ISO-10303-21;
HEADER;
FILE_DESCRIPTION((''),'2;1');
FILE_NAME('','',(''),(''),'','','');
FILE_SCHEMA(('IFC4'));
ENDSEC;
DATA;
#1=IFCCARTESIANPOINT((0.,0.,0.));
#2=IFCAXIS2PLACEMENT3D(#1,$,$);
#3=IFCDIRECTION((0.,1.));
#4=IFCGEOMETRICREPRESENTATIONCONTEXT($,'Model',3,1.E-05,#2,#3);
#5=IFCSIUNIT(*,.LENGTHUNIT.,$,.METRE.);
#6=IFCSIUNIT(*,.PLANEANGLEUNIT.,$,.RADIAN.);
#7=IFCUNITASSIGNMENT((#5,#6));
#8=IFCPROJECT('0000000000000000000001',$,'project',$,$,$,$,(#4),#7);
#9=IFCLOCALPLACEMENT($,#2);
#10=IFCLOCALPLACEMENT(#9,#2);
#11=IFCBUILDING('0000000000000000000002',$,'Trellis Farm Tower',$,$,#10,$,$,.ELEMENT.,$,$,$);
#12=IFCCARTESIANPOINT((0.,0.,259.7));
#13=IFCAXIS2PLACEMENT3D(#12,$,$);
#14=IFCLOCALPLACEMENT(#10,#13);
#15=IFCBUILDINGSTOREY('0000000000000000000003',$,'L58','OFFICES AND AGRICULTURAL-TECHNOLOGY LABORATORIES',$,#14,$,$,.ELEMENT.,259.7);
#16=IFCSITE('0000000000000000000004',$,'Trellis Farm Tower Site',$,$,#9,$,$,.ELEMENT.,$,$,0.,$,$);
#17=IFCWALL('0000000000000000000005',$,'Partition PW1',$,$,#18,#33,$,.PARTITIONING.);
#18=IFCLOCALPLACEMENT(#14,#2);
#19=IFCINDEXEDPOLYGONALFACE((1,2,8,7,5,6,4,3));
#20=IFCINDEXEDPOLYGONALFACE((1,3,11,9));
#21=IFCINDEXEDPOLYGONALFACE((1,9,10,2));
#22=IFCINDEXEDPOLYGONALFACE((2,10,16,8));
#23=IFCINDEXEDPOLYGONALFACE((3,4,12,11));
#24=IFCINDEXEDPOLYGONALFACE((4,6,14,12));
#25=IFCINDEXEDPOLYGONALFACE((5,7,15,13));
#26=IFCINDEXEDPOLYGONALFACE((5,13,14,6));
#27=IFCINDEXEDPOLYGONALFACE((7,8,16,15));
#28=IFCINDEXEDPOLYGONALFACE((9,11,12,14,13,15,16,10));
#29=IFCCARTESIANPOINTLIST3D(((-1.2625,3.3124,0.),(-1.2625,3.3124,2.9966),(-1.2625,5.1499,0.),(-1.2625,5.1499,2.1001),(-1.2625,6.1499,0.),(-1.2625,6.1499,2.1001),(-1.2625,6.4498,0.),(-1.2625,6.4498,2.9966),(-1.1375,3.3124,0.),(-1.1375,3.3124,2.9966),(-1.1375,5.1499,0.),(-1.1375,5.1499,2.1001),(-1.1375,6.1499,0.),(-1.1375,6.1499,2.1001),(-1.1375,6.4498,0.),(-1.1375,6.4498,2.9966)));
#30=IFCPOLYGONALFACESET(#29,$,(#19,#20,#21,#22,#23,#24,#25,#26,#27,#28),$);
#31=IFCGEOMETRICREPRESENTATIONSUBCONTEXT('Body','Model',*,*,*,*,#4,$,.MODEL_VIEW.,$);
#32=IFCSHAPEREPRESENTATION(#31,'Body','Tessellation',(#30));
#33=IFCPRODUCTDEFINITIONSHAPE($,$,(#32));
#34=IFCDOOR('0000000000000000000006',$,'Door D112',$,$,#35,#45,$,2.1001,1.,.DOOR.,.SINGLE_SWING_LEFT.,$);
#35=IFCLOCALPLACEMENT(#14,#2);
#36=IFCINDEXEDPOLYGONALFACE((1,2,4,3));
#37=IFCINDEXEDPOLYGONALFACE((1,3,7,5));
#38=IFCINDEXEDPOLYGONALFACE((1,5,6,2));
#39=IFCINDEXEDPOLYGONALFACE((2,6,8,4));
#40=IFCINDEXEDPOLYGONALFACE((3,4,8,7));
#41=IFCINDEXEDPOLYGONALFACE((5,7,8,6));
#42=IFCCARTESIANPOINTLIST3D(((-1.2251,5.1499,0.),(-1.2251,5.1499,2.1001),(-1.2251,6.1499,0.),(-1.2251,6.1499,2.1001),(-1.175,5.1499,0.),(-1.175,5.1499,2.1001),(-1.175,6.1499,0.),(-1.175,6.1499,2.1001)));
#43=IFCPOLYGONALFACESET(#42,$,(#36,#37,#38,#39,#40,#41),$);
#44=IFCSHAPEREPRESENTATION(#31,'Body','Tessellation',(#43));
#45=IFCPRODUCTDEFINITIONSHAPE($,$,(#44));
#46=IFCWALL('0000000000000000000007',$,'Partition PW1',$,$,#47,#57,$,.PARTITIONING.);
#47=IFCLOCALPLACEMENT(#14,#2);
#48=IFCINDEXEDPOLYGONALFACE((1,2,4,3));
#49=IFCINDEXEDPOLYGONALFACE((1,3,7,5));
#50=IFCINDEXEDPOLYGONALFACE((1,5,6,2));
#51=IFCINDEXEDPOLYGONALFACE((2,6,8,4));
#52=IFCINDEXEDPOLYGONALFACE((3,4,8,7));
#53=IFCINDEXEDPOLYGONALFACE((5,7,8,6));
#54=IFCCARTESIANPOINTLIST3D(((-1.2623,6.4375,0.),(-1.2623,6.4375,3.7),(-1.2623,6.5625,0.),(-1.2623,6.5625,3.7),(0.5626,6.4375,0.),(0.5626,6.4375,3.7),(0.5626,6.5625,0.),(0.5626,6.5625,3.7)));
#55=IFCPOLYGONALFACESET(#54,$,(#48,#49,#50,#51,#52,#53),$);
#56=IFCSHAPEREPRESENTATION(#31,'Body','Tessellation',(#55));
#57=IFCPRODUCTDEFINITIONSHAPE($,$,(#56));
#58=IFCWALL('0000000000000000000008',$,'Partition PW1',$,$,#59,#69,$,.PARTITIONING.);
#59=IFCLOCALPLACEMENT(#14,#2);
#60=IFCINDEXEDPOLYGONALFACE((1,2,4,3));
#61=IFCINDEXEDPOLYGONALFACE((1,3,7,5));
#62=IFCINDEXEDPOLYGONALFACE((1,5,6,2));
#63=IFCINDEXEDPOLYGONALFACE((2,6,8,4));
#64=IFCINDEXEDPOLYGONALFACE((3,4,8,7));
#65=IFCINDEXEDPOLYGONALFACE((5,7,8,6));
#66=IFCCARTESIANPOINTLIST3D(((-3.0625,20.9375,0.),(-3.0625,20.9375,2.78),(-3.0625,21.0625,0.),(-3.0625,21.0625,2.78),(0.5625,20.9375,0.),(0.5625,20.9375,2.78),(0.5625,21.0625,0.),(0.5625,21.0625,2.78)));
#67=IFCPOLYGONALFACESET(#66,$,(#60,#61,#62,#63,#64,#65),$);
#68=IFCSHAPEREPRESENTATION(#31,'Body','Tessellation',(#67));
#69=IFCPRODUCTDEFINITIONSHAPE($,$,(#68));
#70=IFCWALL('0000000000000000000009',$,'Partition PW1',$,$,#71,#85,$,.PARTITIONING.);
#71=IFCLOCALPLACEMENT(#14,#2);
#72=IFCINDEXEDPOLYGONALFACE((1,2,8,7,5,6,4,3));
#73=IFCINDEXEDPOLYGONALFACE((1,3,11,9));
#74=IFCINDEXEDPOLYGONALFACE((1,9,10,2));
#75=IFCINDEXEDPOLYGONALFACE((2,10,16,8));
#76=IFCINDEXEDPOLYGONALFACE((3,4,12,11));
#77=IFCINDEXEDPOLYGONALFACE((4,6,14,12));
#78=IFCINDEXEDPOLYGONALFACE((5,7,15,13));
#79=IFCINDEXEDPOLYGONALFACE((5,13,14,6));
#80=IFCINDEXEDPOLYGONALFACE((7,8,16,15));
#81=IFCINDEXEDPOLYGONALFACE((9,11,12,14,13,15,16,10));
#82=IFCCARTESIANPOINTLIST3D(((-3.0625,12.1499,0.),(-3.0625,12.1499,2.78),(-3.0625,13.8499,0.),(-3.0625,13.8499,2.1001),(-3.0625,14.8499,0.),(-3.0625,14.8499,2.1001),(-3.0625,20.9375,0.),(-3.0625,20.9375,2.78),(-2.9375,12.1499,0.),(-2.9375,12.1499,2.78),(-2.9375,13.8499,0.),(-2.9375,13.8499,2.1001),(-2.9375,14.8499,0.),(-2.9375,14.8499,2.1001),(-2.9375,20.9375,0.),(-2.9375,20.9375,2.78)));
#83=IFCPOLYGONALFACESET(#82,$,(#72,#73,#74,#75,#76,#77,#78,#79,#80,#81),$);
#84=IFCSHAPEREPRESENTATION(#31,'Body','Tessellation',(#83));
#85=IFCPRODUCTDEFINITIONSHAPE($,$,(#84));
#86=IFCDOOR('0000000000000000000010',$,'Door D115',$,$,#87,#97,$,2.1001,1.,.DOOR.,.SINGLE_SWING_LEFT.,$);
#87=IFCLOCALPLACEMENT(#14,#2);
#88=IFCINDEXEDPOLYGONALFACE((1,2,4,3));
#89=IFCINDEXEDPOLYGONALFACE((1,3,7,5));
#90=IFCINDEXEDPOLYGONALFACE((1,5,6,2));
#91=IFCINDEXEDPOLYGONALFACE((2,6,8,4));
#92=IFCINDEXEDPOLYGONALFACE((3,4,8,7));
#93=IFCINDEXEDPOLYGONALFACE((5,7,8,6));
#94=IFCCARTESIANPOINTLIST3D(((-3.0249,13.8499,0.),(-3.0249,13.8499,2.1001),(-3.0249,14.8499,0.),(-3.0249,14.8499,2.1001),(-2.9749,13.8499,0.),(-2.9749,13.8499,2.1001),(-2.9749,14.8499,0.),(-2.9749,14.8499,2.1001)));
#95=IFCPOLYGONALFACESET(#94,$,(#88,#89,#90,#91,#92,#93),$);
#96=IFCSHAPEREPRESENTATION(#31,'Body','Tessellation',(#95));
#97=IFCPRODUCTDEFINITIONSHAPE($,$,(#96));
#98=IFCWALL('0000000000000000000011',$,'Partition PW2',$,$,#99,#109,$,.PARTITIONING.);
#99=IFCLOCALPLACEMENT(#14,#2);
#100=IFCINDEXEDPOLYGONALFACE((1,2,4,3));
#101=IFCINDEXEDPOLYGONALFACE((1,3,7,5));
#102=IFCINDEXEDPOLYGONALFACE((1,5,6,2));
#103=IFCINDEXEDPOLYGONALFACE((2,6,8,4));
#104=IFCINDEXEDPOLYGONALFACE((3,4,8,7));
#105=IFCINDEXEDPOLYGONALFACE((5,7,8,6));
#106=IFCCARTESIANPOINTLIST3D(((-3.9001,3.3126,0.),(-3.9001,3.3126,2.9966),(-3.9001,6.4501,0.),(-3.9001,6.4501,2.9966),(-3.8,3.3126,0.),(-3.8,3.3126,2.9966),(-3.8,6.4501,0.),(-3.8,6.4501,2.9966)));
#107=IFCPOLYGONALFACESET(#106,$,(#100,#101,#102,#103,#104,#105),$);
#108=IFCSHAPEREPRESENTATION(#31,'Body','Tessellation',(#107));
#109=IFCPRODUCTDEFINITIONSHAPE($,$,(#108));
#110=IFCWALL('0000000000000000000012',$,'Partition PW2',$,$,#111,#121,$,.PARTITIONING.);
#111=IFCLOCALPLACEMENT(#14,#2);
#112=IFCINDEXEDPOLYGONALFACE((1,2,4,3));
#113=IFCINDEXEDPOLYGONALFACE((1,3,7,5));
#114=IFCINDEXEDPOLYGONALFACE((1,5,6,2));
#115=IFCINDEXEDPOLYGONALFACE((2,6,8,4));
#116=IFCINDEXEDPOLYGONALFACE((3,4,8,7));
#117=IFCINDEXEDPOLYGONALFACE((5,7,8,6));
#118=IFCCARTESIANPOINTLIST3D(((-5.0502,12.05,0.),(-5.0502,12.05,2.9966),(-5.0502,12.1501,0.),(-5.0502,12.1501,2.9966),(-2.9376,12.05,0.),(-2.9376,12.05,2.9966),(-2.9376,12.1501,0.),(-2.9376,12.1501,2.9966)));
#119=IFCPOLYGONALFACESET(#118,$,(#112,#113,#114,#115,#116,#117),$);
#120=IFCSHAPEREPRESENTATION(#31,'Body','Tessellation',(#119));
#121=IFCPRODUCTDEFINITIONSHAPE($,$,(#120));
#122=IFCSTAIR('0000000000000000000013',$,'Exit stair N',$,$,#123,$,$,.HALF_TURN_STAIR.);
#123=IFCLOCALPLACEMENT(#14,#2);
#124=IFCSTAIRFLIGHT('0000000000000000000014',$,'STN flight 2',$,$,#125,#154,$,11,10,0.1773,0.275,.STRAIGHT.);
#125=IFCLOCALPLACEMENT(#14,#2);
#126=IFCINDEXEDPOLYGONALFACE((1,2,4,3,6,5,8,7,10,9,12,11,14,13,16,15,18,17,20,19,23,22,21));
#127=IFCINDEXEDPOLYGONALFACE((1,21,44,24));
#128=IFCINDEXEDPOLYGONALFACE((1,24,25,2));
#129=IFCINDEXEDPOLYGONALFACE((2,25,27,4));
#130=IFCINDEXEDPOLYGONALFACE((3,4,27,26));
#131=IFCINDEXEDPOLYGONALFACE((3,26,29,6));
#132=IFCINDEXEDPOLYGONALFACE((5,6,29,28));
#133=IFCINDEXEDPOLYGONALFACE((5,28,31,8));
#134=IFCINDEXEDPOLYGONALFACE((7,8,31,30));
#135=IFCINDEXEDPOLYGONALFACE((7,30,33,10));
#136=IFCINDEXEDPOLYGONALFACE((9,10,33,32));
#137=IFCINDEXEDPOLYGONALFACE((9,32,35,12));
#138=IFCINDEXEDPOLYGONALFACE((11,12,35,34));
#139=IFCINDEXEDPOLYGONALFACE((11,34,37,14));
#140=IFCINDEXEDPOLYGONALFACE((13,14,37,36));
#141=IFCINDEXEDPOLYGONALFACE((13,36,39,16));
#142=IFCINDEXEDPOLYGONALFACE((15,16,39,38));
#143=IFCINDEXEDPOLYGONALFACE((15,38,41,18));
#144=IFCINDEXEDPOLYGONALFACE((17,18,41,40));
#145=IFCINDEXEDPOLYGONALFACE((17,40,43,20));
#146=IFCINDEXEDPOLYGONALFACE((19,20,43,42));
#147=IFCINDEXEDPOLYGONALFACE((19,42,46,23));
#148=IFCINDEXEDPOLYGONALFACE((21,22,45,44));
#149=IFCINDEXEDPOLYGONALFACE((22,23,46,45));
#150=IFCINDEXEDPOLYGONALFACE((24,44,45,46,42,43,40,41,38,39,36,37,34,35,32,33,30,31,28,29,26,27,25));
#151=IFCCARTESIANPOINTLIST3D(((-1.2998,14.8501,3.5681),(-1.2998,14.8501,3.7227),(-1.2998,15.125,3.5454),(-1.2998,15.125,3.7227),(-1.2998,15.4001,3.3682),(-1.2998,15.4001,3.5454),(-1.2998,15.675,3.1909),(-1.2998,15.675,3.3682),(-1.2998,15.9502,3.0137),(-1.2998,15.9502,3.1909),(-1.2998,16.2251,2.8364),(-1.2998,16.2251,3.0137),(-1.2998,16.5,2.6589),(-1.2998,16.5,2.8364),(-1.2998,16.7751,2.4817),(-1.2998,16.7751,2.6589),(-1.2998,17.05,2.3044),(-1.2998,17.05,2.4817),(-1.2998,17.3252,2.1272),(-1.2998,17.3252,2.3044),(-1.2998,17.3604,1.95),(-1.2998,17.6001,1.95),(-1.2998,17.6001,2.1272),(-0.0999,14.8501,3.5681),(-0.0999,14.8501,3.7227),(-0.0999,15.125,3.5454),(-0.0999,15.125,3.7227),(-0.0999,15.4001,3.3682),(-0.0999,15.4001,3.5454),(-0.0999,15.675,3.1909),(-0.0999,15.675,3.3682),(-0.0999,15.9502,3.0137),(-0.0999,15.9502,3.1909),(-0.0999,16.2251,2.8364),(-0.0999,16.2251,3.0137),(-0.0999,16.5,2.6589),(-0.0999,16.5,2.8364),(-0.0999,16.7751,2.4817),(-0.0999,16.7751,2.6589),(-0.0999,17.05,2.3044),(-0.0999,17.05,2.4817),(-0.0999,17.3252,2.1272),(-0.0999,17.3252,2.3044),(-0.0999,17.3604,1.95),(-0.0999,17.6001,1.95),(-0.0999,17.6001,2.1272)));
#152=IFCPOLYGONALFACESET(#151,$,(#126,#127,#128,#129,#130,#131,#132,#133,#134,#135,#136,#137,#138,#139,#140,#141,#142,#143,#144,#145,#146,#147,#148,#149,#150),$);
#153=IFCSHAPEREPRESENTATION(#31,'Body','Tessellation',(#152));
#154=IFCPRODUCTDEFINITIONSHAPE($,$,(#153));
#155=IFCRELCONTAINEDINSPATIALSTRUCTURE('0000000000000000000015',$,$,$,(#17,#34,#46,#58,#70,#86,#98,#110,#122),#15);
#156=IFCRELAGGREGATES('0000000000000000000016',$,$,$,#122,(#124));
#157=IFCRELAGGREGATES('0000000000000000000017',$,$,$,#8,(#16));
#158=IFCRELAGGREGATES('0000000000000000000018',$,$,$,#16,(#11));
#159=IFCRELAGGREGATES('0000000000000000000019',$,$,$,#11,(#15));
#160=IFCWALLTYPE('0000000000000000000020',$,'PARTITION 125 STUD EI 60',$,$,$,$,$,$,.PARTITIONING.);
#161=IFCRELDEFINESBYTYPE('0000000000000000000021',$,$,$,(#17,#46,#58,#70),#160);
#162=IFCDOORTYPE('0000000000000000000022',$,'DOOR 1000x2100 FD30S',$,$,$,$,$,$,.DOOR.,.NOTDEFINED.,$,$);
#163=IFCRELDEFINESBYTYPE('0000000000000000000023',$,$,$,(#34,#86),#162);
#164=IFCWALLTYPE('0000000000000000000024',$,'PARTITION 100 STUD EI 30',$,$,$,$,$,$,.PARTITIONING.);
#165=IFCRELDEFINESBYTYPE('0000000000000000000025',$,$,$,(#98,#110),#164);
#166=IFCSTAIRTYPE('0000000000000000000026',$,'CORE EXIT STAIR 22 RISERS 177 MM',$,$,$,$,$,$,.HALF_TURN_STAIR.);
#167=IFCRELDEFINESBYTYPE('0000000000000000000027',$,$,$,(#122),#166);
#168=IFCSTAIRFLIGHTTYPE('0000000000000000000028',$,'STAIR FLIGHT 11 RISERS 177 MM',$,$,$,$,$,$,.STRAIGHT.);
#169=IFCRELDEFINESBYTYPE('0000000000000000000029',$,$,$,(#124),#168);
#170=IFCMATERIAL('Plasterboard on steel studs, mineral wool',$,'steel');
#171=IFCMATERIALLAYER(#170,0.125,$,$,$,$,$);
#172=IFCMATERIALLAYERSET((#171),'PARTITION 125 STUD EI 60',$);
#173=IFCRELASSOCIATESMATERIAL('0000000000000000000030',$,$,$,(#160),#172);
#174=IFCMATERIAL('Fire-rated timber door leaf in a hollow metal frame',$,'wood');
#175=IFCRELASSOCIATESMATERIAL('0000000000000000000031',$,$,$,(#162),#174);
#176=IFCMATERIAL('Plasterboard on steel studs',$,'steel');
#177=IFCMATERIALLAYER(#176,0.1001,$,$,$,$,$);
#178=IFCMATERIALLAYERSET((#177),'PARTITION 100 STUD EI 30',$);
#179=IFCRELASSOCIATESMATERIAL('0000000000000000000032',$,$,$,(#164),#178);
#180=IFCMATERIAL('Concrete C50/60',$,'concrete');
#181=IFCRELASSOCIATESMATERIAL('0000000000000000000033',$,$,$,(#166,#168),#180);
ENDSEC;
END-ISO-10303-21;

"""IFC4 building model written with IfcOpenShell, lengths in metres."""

from ifc_helpers import new_model, si_unit, direction, frame, frame_2d, origin, place, context, subcontext, project, spatial, polyline, rectangle, outline, extrude, source, transform, mapped, material, layer, layer_set, type_object, element, fill, aggregate, save


model = new_model("IFC4")

# Units and contexts
model_context = context("Model", 3, precision=1e-05, world=origin(), true_north=direction((0.0, 1.0)))
body_context = subcontext(model_context, "Body", "Model", "MODEL_VIEW")
ifc_project = project(units=[si_unit("LENGTHUNIT", "METRE"), si_unit("PLANEANGLEUNIT", "RADIAN")], contexts=[model_context])

# Site, building, storey
site_placement = place(None, origin())
site = spatial("IfcSite", under=ifc_project, at=site_placement, Name="Trellis Farm Tower Site", CompositionType="ELEMENT", RefElevation=0.0)
building_placement = place(site_placement, origin())
building = spatial("IfcBuilding", under=site, at=building_placement, Name="Trellis Farm Tower", CompositionType="ELEMENT")
storey_placement = place(building_placement, frame((0.0, 0.0, 259.7)))
storey = spatial("IfcBuildingStorey", under=building, at=storey_placement, Name="L58", Description="OFFICES AND AGRICULTURAL-TECHNOLOGY LABORATORIES", CompositionType="ELEMENT", Elevation=259.7)

# Shared definitions
placement_1 = place(storey_placement, origin())

# Wall, opening, door
ifc_material_1 = material(Name="Plasterboard on steel studs, mineral wool", Category="steel")
ifc_layer_1 = layer(ifc_material_1, 0.125)
ifc_layer_set_1 = layer_set([ifc_layer_1], Name="PARTITION 125 STUD EI 60")
wall_type_1 = type_object("IfcWallType", Name="PARTITION 125 STUD EI 60", PredefinedType="PARTITIONING", material=ifc_layer_set_1)
shared_shape_1 = source(origin(), body_context, "Body", "SweptSolid", [
    extrude(rectangle(XDim=3.1375, YDim=0.125, at=frame_2d((1.5688, 0.0))), origin(), (0.0, 0.0, 1.0), 2.9966),
])
wall_1_placement = place(storey_placement, frame((-1.2, 6.45, 0.0), z_axis=(0.0, 0.0, 1.0), x_axis=(0.0, -1.0, 0.0)))
wall_1 = element("IfcWall", 1, at=wall_1_placement, inside=storey, type_object=wall_type_1, Name="Partition PW1", PredefinedType="PARTITIONING", context=body_context, shape_type="MappedRepresentation", body=[
    mapped(shared_shape_1, transform((0.0, 0.0, 0.0))),
])
shared_shape_2 = source(origin(), body_context, "Body", "SweptSolid", [
    extrude(rectangle(XDim=1.0, YDim=2.1001, at=frame_2d((0.5, 1.05))), frame((0.0, 0.0725, 0.0), z_axis=(0.0, -1.0, 0.0), x_axis=(1.0, 0.0, 0.0)), (0.0, 0.0, 1.0), 0.145),
])
opening_1_placement = place(wall_1_placement, frame((0.3, 0.0, 0.0)))
opening_1 = element("IfcOpeningElement", 2, at=opening_1_placement, cuts=wall_1, PredefinedType="OPENING", context=body_context, shape_type="MappedRepresentation", body=[
    mapped(shared_shape_2, transform((0.0, 0.0, 0.0))),
])
ifc_material_2 = material(Name="Fire-rated timber door leaf in a hollow metal frame", Category="wood")
door_type_1 = type_object("IfcDoorType", Name="DOOR 1000x2100 FD30S", OperationType="NOTDEFINED", PredefinedType="DOOR", material=ifc_material_2)
shared_shape_3 = source(origin(), body_context, "Body", "SweptSolid", [
    extrude(rectangle(XDim=1.0, YDim=2.1001, at=frame_2d((0.5, 1.05))), frame((0.0, 0.0249, 0.0), z_axis=(0.0, -1.0, 0.0), x_axis=(1.0, 0.0, 0.0)), (0.0, 0.0, 1.0), 0.05),
])
door_1_placement = place(opening_1_placement, origin())
door_1 = element("IfcDoor", 3, at=door_1_placement, inside=storey, type_object=door_type_1, Name="Door D112", OperationType="SINGLE_SWING_LEFT", OverallHeight=2.1001, OverallWidth=1.0, PredefinedType="DOOR", context=body_context, shape_type="MappedRepresentation", body=[
    mapped(shared_shape_3, transform((0.0, 0.0, 0.0))),
])
fill(opening_1, door_1)

# Walls
shared_shape_4 = source(origin(), body_context, "Body", "SweptSolid", [
    extrude(rectangle(XDim=1.825, YDim=0.125, at=frame_2d((0.9126, 0.0))), origin(), (0.0, 0.0, 1.0), 3.7),
])
wall_2_placement = place(storey_placement, frame((-1.2625, 6.5, 0.0), z_axis=(0.0, 0.0, 1.0), x_axis=(1.0, 0.0, 0.0)))
element("IfcWall", 4, at=wall_2_placement, inside=storey, type_object=wall_type_1, Name="Partition PW1", PredefinedType="PARTITIONING", context=body_context, shape_type="MappedRepresentation", body=[
    mapped(shared_shape_4, transform((0.0, 0.0, 0.0))),
])
shared_shape_5 = source(origin(), body_context, "Body", "SweptSolid", [
    extrude(rectangle(XDim=3.625, YDim=0.125, at=frame_2d((1.8125, 0.0))), origin(), (0.0, 0.0, 1.0), 2.78),
])
wall_3_placement = place(storey_placement, frame((-3.0625, 21.0, 0.0), z_axis=(0.0, 0.0, 1.0), x_axis=(1.0, 0.0, 0.0)))
element("IfcWall", 5, at=wall_3_placement, inside=storey, type_object=wall_type_1, Name="Partition PW1", PredefinedType="PARTITIONING", context=body_context, shape_type="MappedRepresentation", body=[
    mapped(shared_shape_5, transform((0.0, 0.0, 0.0))),
])

# Wall, opening, door
shared_shape_6 = source(origin(), body_context, "Body", "SweptSolid", [
    extrude(rectangle(XDim=8.7876, YDim=0.125, at=frame_2d((4.3938, 0.0))), origin(), (0.0, 0.0, 1.0), 2.78),
])
wall_4_placement = place(storey_placement, frame((-3.0, 12.1499, 0.0), z_axis=(0.0, 0.0, 1.0), x_axis=(0.0, 1.0, 0.0)))
wall_4 = element("IfcWall", 6, at=wall_4_placement, inside=storey, type_object=wall_type_1, Name="Partition PW1", PredefinedType="PARTITIONING", context=body_context, shape_type="MappedRepresentation", body=[
    mapped(shared_shape_6, transform((0.0, 0.0, 0.0))),
])
opening_2_placement = place(wall_4_placement, frame((1.7, 0.0, 0.0)))
opening_2 = element("IfcOpeningElement", 7, at=opening_2_placement, cuts=wall_4, PredefinedType="OPENING", context=body_context, shape_type="MappedRepresentation", body=[
    mapped(shared_shape_2, transform((0.0, 0.0, 0.0))),
])
door_2_placement = place(opening_2_placement, origin())
door_2 = element("IfcDoor", 8, at=door_2_placement, inside=storey, type_object=door_type_1, Name="Door D115", OperationType="SINGLE_SWING_LEFT", OverallHeight=2.1001, OverallWidth=1.0, PredefinedType="DOOR", context=body_context, shape_type="MappedRepresentation", body=[
    mapped(shared_shape_3, transform((0.0, 0.0, 0.0))),
])
fill(opening_2, door_2)

# Walls
ifc_material_3 = material(Name="Plasterboard on steel studs", Category="steel")
ifc_layer_2 = layer(ifc_material_3, 0.1001)
ifc_layer_set_2 = layer_set([ifc_layer_2], Name="PARTITION 100 STUD EI 30")
wall_type_2 = type_object("IfcWallType", Name="PARTITION 100 STUD EI 30", PredefinedType="PARTITIONING", material=ifc_layer_set_2)
shared_shape_7 = source(origin(), body_context, "Body", "SweptSolid", [
    extrude(rectangle(XDim=3.1375, YDim=0.1001, at=frame_2d((1.5688, 0.0))), origin(), (0.0, 0.0, 1.0), 2.9966),
])
wall_5_placement = place(storey_placement, frame((-3.8501, 3.3125, 0.0), z_axis=(0.0, 0.0, 1.0), x_axis=(0.0, 1.0, 0.0)))
element("IfcWall", 9, at=wall_5_placement, inside=storey, type_object=wall_type_2, Name="Partition PW2", PredefinedType="PARTITIONING", context=body_context, shape_type="MappedRepresentation", body=[
    mapped(shared_shape_7, transform((0.0, 0.0, 0.0))),
])
shared_shape_8 = source(origin(), body_context, "Body", "SweptSolid", [
    extrude(rectangle(XDim=2.1125, YDim=0.1001, at=frame_2d((1.0562, 0.0))), origin(), (0.0, 0.0, 1.0), 2.9966),
])
wall_6_placement = place(storey_placement, frame((-5.05, 12.1001, 0.0), z_axis=(0.0, 0.0, 1.0), x_axis=(1.0, 0.0, 0.0)))
element("IfcWall", 10, at=wall_6_placement, inside=storey, type_object=wall_type_2, Name="Partition PW2", PredefinedType="PARTITIONING", context=body_context, shape_type="MappedRepresentation", body=[
    mapped(shared_shape_8, transform((0.0, 0.0, 0.0))),
])

# Stair, stair flight
ifc_material_4 = material(Name="Concrete C50/60", Category="concrete")
stair_type = type_object("IfcStairType", Name="CORE EXIT STAIR 22 RISERS 177 MM", PredefinedType="HALF_TURN_STAIR", material=ifc_material_4)
stair = element("IfcStair", 11, at=placement_1, inside=storey, type_object=stair_type, Name="Exit stair N", PredefinedType="HALF_TURN_STAIR")
stair_flight_type = type_object("IfcStairFlightType", Name="STAIR FLIGHT 11 RISERS 177 MM", PredefinedType="STRAIGHT", material=ifc_material_4)
shared_shape_9 = source(origin(), body_context, "Body", "SweptSolid", [
    extrude(outline(polyline([(0.0, 0.0), (0.0, 0.1772), (0.2749, 0.1772), (0.2749, 0.3545), (0.55, 0.3545), (0.55, 0.5317), (0.825, 0.5317), (0.825, 0.709), (1.1001, 0.709), (1.1001, 0.8865), (1.375, 0.8865), (1.375, 1.0637), (1.6499, 1.0637), (1.6499, 1.241), (1.925, 1.241), (1.925, 1.4182), (2.2, 1.4182), (2.2, 1.5955), (2.4751, 1.5955), (2.4751, 1.7727), (2.75, 1.7727), (2.75, 1.95), (2.75, 1.6182), (0.2397, 0.0), (0.0, 0.0)])), frame((0.0, 0.6001, 0.0), z_axis=(0.0, -1.0, 0.0), x_axis=(1.0, 0.0, 0.0)), (0.0, 0.0, 1.0), 1.2),
])
stair_flight_placement = place(storey_placement, frame((-0.7, 17.6001, 1.95), z_axis=(0.0, 0.0, 1.0), x_axis=(0.0, -1.0, 0.0)))
stair_flight = element("IfcStairFlight", 12, at=stair_flight_placement, type_object=stair_flight_type, Name="STN flight 2", NumberOfRisers=11, NumberOfTreads=10, PredefinedType="STRAIGHT", RiserHeight=0.1773, TreadLength=0.275, context=body_context, shape_type="MappedRepresentation", body=[
    mapped(shared_shape_9, transform((0.0, 0.0, 0.0))),
])
aggregate(stair, [stair_flight])

save(model, "model.ifc")
